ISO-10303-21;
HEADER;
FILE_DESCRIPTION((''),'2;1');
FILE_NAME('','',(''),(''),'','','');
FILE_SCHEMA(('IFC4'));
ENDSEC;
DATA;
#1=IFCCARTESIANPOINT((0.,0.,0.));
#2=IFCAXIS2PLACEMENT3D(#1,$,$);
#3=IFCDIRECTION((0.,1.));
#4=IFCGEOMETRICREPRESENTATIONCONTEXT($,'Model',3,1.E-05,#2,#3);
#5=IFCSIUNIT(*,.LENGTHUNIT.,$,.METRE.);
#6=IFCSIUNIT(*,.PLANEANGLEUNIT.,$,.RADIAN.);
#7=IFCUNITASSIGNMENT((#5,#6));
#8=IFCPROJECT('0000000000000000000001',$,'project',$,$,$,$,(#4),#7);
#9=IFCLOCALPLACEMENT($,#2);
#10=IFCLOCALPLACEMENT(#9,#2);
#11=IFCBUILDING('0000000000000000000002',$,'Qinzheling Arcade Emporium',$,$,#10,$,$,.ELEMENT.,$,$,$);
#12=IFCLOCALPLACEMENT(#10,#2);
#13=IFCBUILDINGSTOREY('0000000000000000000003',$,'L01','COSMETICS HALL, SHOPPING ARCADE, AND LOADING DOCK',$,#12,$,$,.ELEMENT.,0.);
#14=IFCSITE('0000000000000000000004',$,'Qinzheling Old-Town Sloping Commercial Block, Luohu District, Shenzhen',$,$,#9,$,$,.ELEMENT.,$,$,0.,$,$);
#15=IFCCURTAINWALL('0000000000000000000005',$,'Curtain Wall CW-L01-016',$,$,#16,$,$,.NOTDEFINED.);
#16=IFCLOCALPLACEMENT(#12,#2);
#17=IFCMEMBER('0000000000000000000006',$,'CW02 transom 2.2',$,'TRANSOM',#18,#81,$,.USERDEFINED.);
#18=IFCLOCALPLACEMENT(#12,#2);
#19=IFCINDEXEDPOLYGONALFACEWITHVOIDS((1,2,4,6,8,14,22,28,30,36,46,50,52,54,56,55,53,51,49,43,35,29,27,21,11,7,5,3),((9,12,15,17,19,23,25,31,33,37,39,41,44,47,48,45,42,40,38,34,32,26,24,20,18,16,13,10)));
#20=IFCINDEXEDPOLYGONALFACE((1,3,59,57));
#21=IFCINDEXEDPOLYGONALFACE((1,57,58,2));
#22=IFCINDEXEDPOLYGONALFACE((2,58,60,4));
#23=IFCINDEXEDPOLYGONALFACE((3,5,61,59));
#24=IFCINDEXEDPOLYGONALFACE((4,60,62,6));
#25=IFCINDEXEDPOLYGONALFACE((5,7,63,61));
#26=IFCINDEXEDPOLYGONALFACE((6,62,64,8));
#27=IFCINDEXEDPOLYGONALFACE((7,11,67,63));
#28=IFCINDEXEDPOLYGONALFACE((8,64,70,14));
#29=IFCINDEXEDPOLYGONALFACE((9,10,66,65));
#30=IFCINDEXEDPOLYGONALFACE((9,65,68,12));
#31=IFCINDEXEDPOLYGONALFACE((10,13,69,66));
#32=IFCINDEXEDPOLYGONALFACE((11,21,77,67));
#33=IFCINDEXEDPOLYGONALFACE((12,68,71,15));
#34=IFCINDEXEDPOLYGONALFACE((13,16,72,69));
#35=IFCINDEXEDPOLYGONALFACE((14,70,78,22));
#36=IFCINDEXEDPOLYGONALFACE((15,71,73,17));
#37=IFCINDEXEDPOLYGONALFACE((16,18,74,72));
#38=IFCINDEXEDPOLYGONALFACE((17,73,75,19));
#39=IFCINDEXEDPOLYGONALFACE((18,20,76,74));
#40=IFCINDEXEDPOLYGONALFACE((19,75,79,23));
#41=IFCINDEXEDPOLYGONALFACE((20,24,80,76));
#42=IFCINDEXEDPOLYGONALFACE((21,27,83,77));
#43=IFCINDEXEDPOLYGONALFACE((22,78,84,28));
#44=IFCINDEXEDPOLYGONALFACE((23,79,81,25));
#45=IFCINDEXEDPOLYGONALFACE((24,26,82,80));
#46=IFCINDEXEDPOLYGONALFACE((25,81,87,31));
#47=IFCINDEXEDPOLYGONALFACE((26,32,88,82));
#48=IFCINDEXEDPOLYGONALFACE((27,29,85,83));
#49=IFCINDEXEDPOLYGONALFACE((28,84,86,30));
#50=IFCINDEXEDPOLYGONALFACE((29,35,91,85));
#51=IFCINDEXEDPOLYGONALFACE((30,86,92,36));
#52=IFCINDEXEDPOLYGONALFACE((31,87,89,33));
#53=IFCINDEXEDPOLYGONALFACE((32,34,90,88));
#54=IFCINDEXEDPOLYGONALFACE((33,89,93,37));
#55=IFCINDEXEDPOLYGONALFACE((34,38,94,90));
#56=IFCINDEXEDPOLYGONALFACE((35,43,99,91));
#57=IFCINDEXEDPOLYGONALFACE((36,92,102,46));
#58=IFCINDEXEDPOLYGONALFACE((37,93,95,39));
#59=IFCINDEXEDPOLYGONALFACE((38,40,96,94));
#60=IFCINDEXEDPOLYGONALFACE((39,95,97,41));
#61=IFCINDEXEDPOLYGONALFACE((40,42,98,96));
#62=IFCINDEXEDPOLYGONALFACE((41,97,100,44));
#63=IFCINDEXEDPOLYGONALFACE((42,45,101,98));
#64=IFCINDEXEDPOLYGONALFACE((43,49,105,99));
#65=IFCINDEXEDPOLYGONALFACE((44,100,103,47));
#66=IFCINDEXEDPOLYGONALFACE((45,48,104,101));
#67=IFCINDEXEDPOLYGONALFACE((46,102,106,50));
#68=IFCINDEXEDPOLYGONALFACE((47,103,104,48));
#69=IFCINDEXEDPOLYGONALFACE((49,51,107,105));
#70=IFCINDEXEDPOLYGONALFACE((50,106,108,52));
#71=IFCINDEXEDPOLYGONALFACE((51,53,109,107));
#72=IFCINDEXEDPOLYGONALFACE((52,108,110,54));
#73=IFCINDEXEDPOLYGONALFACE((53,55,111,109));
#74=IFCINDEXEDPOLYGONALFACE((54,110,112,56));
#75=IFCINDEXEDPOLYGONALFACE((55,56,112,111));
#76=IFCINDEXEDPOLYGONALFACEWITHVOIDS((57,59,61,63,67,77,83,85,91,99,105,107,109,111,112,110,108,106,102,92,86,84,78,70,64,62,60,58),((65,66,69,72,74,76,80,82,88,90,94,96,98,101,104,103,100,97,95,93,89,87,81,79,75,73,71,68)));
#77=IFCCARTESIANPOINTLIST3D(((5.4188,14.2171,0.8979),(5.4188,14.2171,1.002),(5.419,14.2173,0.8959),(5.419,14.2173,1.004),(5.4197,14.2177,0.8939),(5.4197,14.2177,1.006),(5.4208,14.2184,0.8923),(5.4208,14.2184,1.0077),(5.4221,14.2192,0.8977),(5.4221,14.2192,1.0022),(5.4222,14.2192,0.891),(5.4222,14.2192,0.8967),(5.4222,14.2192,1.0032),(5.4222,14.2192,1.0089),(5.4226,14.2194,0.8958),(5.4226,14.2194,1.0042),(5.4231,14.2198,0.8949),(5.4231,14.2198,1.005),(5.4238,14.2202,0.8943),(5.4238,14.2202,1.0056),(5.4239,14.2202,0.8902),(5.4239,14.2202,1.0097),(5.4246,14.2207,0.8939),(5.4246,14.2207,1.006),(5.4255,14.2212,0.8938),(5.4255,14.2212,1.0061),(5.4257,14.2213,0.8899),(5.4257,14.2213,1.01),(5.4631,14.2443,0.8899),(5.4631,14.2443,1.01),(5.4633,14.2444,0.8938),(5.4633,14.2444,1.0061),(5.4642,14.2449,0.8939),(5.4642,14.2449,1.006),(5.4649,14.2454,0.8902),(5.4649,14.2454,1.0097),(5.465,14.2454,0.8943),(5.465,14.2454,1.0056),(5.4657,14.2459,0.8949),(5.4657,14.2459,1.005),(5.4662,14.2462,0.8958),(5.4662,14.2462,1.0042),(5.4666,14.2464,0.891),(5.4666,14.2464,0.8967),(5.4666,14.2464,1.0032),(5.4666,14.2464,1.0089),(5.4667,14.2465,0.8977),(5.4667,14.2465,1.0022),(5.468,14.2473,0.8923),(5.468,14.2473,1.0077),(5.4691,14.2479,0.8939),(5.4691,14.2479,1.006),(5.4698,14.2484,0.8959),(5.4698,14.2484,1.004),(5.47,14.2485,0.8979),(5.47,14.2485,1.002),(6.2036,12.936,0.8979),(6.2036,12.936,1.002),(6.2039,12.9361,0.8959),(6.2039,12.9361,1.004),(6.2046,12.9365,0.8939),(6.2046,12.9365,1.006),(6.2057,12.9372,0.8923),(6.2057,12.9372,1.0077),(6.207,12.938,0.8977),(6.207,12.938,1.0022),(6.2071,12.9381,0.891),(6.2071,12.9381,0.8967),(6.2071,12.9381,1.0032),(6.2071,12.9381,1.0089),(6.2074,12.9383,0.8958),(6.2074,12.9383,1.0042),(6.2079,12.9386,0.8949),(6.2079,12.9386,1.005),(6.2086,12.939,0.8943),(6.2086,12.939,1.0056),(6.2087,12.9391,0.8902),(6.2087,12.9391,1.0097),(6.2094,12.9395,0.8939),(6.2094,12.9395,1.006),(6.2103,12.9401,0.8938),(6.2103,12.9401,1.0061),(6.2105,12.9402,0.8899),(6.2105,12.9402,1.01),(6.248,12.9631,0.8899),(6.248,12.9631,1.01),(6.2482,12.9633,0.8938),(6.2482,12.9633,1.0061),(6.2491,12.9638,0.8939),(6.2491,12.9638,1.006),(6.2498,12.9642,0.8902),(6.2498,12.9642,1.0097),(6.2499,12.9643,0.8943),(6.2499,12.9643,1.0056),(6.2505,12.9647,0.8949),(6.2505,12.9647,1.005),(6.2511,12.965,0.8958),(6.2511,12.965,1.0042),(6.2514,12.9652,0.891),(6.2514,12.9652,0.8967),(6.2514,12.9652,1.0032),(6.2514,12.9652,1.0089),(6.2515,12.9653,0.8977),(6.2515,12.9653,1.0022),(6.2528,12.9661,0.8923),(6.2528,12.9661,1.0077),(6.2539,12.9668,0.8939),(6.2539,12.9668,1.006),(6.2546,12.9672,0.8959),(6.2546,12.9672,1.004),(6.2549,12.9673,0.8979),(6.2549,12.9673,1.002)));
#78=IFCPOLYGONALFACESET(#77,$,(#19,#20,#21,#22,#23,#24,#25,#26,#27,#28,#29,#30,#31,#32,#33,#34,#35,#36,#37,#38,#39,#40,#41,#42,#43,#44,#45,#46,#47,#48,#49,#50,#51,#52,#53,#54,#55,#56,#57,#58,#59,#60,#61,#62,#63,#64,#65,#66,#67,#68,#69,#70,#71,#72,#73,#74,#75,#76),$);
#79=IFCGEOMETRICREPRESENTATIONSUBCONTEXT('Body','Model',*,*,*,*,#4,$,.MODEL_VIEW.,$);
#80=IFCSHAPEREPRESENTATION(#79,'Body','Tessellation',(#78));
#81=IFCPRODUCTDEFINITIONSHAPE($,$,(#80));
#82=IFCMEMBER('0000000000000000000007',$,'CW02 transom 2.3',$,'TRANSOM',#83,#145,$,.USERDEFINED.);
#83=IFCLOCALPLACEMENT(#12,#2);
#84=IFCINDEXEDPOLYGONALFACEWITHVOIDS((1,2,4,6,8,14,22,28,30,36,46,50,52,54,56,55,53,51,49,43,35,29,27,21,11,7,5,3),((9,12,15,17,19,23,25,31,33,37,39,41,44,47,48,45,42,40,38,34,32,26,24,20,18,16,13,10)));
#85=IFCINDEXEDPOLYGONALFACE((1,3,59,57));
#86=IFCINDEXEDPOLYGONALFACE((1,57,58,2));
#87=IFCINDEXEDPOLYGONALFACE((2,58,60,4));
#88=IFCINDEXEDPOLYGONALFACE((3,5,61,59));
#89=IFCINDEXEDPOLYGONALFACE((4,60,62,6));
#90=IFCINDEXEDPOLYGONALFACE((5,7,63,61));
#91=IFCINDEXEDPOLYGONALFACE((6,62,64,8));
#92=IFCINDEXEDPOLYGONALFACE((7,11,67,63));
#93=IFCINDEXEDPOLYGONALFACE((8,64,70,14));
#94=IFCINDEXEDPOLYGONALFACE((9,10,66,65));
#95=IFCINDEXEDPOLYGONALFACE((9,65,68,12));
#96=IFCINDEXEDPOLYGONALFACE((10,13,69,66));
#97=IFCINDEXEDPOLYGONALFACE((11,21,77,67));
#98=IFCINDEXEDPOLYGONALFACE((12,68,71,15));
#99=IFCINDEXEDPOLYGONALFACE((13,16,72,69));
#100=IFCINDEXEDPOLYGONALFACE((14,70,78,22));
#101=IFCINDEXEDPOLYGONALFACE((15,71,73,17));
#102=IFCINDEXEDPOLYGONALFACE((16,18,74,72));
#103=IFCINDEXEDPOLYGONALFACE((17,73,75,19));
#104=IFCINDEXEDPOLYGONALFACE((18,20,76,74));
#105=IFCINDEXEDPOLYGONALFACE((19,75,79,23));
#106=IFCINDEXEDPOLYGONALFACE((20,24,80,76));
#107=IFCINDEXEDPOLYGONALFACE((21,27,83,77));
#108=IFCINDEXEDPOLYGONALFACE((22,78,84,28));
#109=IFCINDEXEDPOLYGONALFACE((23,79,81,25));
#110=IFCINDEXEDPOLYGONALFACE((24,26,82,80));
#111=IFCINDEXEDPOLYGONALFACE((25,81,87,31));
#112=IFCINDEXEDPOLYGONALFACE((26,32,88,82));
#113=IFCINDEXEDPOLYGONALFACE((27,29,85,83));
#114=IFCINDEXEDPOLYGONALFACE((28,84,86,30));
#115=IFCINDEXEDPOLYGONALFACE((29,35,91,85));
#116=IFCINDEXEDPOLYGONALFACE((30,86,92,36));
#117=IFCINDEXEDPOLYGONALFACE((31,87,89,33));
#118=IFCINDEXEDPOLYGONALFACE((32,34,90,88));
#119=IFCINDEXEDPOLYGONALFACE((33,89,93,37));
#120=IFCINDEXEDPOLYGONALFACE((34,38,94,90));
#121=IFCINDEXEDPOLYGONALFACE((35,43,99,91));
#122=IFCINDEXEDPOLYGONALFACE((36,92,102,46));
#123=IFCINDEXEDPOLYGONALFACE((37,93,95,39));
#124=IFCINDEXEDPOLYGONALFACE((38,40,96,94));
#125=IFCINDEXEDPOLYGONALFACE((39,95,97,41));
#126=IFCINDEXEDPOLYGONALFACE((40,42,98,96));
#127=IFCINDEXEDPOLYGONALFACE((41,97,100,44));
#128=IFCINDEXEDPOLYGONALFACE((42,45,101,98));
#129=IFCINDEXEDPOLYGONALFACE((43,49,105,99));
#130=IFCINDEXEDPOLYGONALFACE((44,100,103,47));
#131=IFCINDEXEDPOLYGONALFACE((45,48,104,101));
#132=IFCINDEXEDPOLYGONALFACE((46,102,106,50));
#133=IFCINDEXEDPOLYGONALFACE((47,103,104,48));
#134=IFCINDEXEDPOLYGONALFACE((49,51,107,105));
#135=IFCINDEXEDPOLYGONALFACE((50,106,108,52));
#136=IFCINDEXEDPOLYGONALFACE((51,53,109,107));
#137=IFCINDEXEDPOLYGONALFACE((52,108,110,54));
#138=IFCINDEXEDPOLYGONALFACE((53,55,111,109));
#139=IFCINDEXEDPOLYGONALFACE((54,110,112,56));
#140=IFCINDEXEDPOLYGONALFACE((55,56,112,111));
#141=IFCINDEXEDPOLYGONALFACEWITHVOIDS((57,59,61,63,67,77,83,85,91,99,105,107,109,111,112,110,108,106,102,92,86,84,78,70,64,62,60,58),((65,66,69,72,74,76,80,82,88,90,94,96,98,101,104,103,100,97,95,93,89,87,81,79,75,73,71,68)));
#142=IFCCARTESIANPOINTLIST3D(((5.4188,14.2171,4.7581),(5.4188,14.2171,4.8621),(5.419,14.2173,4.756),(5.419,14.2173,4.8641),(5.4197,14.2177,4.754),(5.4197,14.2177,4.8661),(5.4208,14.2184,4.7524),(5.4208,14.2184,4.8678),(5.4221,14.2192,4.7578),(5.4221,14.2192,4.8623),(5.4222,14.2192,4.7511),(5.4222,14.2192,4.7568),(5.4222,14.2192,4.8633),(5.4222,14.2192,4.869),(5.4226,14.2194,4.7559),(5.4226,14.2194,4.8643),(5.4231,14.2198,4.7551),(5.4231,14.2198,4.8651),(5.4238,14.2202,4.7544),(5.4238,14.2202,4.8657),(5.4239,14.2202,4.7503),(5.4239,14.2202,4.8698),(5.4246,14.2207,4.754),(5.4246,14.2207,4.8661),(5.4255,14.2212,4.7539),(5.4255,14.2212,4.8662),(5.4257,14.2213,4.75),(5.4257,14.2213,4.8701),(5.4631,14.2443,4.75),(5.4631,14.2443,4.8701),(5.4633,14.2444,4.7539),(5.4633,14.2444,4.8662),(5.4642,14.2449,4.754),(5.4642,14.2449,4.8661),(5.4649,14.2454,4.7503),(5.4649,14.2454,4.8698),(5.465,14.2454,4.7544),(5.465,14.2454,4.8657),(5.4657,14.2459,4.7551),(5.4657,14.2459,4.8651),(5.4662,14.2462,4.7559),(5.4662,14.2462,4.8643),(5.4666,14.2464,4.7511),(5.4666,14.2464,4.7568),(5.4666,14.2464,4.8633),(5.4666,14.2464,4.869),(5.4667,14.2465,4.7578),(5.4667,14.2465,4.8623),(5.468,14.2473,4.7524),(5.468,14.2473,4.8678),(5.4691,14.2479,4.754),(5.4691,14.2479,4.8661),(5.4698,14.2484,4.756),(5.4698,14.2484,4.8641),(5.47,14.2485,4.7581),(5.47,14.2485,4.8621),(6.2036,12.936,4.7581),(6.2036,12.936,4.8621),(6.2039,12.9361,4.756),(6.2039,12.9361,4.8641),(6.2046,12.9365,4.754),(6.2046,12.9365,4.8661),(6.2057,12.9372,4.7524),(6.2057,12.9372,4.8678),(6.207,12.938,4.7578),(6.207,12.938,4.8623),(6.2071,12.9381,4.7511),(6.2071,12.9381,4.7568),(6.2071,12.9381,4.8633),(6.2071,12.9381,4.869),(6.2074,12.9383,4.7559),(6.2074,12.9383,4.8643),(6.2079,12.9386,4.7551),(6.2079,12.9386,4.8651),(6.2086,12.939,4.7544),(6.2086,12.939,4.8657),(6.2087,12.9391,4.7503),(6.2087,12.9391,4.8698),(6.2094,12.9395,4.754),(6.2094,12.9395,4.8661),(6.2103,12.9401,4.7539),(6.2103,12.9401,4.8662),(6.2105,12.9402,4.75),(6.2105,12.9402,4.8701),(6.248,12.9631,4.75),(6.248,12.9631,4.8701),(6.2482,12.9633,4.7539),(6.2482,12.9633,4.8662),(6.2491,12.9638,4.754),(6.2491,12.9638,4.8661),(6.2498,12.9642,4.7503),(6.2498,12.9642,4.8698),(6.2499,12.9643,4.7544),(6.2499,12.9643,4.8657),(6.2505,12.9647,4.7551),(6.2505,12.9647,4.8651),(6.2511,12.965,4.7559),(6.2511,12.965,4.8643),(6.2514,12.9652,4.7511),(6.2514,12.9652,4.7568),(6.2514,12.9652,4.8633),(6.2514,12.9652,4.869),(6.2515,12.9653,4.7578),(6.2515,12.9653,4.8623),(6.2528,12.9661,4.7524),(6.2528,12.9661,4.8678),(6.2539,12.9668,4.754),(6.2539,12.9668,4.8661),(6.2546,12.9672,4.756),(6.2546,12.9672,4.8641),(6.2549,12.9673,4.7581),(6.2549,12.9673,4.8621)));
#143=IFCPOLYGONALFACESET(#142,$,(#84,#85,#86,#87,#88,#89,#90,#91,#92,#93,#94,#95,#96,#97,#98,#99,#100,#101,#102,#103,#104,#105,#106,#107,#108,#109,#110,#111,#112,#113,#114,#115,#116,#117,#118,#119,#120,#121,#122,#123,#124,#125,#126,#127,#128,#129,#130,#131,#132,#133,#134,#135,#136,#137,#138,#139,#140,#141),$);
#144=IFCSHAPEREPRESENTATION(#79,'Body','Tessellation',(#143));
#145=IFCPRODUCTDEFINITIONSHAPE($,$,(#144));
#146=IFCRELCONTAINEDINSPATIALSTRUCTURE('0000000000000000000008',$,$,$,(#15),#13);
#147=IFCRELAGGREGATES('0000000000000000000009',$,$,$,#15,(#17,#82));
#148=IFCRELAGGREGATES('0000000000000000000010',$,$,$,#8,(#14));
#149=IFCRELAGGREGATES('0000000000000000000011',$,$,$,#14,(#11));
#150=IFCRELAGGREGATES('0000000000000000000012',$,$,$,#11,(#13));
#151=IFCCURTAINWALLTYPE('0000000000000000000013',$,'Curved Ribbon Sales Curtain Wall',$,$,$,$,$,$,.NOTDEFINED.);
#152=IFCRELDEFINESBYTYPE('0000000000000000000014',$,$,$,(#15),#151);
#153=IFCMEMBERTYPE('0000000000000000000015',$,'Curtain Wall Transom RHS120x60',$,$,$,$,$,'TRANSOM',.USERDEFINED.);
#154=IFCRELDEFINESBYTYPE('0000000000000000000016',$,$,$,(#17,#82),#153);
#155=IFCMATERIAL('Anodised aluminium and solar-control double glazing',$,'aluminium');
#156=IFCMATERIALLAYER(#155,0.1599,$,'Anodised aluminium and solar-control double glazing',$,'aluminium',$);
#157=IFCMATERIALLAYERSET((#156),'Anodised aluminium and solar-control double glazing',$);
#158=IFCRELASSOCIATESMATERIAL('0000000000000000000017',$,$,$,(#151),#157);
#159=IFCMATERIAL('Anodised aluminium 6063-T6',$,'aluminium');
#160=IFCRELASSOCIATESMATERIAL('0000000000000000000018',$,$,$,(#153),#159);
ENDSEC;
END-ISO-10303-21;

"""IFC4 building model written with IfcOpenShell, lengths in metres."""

from ifc_helpers import new_model, si_unit, direction, frame, origin, origin_2d, place, context, subcontext, project, spatial, hollow_rectangle, extrude, material, layer, layer_set, material_profile, profile_set, type_object, element, aggregate, save


model = new_model("IFC4")

# Units and contexts
model_context = context("Model", 3, precision=1e-05, world=origin(), true_north=direction((0.0, 1.0)))
body_context = subcontext(model_context, "Body", "Model", "MODEL_VIEW")
ifc_project = project(units=[si_unit("LENGTHUNIT", "METRE"), si_unit("PLANEANGLEUNIT", "RADIAN")], contexts=[model_context])

# Site, building, storey
site_placement = place(None, origin())
site = spatial("IfcSite", under=ifc_project, at=site_placement, Name="Qinzheling Old-Town Sloping Commercial Block, Luohu District, Shenzhen", CompositionType="ELEMENT", RefElevation=0.0)
building_placement = place(site_placement, origin())
building = spatial("IfcBuilding", under=site, at=building_placement, Name="Qinzheling Arcade Emporium", CompositionType="ELEMENT")
storey_placement = place(building_placement, origin())
storey = spatial("IfcBuildingStorey", under=building, at=storey_placement, Name="L01", Description="COSMETICS HALL, SHOPPING ARCADE, AND LOADING DOCK", CompositionType="ELEMENT", Elevation=0.0)

# Curtain wall
ifc_material_1 = material(Name="Anodised aluminium and solar-control double glazing", Category="aluminium")
ifc_layer_1 = layer(ifc_material_1, 0.1599, Name="Anodised aluminium and solar-control double glazing", Category="aluminium")
ifc_layer_set_1 = layer_set([ifc_layer_1], Name="Anodised aluminium and solar-control double glazing")
curtain_wall_type = type_object("IfcCurtainWallType", Name="Curved Ribbon Sales Curtain Wall", PredefinedType="NOTDEFINED", material=ifc_layer_set_1)
ifc_material_2 = material(Name="Anodised aluminium 6063-T6", Category="aluminium")
curtain_wall_1_placement = place(storey_placement, origin())
curtain_wall_1 = element("IfcCurtainWall", 1, at=curtain_wall_1_placement, inside=storey, type_object=curtain_wall_type, Name="Curtain Wall CW-L01-016", PredefinedType="NOTDEFINED")

# Members
ifc_material_profile_1 = material_profile(ifc_material_2, hollow_rectangle(XDim=0.0601, YDim=0.1201, WallThickness=0.0039, InnerFilletRadius=0.0039, OuterFilletRadius=0.0081, at=origin_2d()), Name="RHS 120x60x4", Category="aluminium")
ifc_profile_set_1 = profile_set([ifc_material_profile_1], Name="Anodised aluminium 6063-T6")
member_type_1 = type_object("IfcMemberType", Name="Curtain Wall Transom RHS120x60", ElementType="TRANSOM", PredefinedType="USERDEFINED", material=ifc_profile_set_1)
member_1_placement = place(storey_placement, frame((6.2292, 12.9517, 0.95), z_axis=(-0.522383, 0.852711, 0.0), x_axis=(-0.852711, -0.522383, 0.0)))
member_1 = element("IfcMember", 2, at=member_1_placement, type_object=member_type_1, Name="CW02 transom 2.2", ObjectType="TRANSOM", PredefinedType="USERDEFINED", context=body_context, shape_type="SweptSolid", body=[
    extrude(hollow_rectangle(XDim=0.0601, YDim=0.1201, WallThickness=0.0039, InnerFilletRadius=0.0039, OuterFilletRadius=0.0081, at=origin_2d()), origin(), (0.0, 0.0, 1.0), 1.5024),
])
member_2_placement = place(storey_placement, frame((6.2292, 12.9517, 4.8101), z_axis=(-0.522383, 0.852711, 0.0), x_axis=(-0.852711, -0.522383, 0.0)))
member_2 = element("IfcMember", 3, at=member_2_placement, type_object=member_type_1, Name="CW02 transom 2.3", ObjectType="TRANSOM", PredefinedType="USERDEFINED", context=body_context, shape_type="SweptSolid", body=[
    extrude(hollow_rectangle(XDim=0.0601, YDim=0.1201, WallThickness=0.0039, InnerFilletRadius=0.0039, OuterFilletRadius=0.0081, at=origin_2d()), origin(), (0.0, 0.0, 1.0), 1.5024),
])

aggregate(curtain_wall_1, [member_1, member_2])

save(model, "model.ifc")
